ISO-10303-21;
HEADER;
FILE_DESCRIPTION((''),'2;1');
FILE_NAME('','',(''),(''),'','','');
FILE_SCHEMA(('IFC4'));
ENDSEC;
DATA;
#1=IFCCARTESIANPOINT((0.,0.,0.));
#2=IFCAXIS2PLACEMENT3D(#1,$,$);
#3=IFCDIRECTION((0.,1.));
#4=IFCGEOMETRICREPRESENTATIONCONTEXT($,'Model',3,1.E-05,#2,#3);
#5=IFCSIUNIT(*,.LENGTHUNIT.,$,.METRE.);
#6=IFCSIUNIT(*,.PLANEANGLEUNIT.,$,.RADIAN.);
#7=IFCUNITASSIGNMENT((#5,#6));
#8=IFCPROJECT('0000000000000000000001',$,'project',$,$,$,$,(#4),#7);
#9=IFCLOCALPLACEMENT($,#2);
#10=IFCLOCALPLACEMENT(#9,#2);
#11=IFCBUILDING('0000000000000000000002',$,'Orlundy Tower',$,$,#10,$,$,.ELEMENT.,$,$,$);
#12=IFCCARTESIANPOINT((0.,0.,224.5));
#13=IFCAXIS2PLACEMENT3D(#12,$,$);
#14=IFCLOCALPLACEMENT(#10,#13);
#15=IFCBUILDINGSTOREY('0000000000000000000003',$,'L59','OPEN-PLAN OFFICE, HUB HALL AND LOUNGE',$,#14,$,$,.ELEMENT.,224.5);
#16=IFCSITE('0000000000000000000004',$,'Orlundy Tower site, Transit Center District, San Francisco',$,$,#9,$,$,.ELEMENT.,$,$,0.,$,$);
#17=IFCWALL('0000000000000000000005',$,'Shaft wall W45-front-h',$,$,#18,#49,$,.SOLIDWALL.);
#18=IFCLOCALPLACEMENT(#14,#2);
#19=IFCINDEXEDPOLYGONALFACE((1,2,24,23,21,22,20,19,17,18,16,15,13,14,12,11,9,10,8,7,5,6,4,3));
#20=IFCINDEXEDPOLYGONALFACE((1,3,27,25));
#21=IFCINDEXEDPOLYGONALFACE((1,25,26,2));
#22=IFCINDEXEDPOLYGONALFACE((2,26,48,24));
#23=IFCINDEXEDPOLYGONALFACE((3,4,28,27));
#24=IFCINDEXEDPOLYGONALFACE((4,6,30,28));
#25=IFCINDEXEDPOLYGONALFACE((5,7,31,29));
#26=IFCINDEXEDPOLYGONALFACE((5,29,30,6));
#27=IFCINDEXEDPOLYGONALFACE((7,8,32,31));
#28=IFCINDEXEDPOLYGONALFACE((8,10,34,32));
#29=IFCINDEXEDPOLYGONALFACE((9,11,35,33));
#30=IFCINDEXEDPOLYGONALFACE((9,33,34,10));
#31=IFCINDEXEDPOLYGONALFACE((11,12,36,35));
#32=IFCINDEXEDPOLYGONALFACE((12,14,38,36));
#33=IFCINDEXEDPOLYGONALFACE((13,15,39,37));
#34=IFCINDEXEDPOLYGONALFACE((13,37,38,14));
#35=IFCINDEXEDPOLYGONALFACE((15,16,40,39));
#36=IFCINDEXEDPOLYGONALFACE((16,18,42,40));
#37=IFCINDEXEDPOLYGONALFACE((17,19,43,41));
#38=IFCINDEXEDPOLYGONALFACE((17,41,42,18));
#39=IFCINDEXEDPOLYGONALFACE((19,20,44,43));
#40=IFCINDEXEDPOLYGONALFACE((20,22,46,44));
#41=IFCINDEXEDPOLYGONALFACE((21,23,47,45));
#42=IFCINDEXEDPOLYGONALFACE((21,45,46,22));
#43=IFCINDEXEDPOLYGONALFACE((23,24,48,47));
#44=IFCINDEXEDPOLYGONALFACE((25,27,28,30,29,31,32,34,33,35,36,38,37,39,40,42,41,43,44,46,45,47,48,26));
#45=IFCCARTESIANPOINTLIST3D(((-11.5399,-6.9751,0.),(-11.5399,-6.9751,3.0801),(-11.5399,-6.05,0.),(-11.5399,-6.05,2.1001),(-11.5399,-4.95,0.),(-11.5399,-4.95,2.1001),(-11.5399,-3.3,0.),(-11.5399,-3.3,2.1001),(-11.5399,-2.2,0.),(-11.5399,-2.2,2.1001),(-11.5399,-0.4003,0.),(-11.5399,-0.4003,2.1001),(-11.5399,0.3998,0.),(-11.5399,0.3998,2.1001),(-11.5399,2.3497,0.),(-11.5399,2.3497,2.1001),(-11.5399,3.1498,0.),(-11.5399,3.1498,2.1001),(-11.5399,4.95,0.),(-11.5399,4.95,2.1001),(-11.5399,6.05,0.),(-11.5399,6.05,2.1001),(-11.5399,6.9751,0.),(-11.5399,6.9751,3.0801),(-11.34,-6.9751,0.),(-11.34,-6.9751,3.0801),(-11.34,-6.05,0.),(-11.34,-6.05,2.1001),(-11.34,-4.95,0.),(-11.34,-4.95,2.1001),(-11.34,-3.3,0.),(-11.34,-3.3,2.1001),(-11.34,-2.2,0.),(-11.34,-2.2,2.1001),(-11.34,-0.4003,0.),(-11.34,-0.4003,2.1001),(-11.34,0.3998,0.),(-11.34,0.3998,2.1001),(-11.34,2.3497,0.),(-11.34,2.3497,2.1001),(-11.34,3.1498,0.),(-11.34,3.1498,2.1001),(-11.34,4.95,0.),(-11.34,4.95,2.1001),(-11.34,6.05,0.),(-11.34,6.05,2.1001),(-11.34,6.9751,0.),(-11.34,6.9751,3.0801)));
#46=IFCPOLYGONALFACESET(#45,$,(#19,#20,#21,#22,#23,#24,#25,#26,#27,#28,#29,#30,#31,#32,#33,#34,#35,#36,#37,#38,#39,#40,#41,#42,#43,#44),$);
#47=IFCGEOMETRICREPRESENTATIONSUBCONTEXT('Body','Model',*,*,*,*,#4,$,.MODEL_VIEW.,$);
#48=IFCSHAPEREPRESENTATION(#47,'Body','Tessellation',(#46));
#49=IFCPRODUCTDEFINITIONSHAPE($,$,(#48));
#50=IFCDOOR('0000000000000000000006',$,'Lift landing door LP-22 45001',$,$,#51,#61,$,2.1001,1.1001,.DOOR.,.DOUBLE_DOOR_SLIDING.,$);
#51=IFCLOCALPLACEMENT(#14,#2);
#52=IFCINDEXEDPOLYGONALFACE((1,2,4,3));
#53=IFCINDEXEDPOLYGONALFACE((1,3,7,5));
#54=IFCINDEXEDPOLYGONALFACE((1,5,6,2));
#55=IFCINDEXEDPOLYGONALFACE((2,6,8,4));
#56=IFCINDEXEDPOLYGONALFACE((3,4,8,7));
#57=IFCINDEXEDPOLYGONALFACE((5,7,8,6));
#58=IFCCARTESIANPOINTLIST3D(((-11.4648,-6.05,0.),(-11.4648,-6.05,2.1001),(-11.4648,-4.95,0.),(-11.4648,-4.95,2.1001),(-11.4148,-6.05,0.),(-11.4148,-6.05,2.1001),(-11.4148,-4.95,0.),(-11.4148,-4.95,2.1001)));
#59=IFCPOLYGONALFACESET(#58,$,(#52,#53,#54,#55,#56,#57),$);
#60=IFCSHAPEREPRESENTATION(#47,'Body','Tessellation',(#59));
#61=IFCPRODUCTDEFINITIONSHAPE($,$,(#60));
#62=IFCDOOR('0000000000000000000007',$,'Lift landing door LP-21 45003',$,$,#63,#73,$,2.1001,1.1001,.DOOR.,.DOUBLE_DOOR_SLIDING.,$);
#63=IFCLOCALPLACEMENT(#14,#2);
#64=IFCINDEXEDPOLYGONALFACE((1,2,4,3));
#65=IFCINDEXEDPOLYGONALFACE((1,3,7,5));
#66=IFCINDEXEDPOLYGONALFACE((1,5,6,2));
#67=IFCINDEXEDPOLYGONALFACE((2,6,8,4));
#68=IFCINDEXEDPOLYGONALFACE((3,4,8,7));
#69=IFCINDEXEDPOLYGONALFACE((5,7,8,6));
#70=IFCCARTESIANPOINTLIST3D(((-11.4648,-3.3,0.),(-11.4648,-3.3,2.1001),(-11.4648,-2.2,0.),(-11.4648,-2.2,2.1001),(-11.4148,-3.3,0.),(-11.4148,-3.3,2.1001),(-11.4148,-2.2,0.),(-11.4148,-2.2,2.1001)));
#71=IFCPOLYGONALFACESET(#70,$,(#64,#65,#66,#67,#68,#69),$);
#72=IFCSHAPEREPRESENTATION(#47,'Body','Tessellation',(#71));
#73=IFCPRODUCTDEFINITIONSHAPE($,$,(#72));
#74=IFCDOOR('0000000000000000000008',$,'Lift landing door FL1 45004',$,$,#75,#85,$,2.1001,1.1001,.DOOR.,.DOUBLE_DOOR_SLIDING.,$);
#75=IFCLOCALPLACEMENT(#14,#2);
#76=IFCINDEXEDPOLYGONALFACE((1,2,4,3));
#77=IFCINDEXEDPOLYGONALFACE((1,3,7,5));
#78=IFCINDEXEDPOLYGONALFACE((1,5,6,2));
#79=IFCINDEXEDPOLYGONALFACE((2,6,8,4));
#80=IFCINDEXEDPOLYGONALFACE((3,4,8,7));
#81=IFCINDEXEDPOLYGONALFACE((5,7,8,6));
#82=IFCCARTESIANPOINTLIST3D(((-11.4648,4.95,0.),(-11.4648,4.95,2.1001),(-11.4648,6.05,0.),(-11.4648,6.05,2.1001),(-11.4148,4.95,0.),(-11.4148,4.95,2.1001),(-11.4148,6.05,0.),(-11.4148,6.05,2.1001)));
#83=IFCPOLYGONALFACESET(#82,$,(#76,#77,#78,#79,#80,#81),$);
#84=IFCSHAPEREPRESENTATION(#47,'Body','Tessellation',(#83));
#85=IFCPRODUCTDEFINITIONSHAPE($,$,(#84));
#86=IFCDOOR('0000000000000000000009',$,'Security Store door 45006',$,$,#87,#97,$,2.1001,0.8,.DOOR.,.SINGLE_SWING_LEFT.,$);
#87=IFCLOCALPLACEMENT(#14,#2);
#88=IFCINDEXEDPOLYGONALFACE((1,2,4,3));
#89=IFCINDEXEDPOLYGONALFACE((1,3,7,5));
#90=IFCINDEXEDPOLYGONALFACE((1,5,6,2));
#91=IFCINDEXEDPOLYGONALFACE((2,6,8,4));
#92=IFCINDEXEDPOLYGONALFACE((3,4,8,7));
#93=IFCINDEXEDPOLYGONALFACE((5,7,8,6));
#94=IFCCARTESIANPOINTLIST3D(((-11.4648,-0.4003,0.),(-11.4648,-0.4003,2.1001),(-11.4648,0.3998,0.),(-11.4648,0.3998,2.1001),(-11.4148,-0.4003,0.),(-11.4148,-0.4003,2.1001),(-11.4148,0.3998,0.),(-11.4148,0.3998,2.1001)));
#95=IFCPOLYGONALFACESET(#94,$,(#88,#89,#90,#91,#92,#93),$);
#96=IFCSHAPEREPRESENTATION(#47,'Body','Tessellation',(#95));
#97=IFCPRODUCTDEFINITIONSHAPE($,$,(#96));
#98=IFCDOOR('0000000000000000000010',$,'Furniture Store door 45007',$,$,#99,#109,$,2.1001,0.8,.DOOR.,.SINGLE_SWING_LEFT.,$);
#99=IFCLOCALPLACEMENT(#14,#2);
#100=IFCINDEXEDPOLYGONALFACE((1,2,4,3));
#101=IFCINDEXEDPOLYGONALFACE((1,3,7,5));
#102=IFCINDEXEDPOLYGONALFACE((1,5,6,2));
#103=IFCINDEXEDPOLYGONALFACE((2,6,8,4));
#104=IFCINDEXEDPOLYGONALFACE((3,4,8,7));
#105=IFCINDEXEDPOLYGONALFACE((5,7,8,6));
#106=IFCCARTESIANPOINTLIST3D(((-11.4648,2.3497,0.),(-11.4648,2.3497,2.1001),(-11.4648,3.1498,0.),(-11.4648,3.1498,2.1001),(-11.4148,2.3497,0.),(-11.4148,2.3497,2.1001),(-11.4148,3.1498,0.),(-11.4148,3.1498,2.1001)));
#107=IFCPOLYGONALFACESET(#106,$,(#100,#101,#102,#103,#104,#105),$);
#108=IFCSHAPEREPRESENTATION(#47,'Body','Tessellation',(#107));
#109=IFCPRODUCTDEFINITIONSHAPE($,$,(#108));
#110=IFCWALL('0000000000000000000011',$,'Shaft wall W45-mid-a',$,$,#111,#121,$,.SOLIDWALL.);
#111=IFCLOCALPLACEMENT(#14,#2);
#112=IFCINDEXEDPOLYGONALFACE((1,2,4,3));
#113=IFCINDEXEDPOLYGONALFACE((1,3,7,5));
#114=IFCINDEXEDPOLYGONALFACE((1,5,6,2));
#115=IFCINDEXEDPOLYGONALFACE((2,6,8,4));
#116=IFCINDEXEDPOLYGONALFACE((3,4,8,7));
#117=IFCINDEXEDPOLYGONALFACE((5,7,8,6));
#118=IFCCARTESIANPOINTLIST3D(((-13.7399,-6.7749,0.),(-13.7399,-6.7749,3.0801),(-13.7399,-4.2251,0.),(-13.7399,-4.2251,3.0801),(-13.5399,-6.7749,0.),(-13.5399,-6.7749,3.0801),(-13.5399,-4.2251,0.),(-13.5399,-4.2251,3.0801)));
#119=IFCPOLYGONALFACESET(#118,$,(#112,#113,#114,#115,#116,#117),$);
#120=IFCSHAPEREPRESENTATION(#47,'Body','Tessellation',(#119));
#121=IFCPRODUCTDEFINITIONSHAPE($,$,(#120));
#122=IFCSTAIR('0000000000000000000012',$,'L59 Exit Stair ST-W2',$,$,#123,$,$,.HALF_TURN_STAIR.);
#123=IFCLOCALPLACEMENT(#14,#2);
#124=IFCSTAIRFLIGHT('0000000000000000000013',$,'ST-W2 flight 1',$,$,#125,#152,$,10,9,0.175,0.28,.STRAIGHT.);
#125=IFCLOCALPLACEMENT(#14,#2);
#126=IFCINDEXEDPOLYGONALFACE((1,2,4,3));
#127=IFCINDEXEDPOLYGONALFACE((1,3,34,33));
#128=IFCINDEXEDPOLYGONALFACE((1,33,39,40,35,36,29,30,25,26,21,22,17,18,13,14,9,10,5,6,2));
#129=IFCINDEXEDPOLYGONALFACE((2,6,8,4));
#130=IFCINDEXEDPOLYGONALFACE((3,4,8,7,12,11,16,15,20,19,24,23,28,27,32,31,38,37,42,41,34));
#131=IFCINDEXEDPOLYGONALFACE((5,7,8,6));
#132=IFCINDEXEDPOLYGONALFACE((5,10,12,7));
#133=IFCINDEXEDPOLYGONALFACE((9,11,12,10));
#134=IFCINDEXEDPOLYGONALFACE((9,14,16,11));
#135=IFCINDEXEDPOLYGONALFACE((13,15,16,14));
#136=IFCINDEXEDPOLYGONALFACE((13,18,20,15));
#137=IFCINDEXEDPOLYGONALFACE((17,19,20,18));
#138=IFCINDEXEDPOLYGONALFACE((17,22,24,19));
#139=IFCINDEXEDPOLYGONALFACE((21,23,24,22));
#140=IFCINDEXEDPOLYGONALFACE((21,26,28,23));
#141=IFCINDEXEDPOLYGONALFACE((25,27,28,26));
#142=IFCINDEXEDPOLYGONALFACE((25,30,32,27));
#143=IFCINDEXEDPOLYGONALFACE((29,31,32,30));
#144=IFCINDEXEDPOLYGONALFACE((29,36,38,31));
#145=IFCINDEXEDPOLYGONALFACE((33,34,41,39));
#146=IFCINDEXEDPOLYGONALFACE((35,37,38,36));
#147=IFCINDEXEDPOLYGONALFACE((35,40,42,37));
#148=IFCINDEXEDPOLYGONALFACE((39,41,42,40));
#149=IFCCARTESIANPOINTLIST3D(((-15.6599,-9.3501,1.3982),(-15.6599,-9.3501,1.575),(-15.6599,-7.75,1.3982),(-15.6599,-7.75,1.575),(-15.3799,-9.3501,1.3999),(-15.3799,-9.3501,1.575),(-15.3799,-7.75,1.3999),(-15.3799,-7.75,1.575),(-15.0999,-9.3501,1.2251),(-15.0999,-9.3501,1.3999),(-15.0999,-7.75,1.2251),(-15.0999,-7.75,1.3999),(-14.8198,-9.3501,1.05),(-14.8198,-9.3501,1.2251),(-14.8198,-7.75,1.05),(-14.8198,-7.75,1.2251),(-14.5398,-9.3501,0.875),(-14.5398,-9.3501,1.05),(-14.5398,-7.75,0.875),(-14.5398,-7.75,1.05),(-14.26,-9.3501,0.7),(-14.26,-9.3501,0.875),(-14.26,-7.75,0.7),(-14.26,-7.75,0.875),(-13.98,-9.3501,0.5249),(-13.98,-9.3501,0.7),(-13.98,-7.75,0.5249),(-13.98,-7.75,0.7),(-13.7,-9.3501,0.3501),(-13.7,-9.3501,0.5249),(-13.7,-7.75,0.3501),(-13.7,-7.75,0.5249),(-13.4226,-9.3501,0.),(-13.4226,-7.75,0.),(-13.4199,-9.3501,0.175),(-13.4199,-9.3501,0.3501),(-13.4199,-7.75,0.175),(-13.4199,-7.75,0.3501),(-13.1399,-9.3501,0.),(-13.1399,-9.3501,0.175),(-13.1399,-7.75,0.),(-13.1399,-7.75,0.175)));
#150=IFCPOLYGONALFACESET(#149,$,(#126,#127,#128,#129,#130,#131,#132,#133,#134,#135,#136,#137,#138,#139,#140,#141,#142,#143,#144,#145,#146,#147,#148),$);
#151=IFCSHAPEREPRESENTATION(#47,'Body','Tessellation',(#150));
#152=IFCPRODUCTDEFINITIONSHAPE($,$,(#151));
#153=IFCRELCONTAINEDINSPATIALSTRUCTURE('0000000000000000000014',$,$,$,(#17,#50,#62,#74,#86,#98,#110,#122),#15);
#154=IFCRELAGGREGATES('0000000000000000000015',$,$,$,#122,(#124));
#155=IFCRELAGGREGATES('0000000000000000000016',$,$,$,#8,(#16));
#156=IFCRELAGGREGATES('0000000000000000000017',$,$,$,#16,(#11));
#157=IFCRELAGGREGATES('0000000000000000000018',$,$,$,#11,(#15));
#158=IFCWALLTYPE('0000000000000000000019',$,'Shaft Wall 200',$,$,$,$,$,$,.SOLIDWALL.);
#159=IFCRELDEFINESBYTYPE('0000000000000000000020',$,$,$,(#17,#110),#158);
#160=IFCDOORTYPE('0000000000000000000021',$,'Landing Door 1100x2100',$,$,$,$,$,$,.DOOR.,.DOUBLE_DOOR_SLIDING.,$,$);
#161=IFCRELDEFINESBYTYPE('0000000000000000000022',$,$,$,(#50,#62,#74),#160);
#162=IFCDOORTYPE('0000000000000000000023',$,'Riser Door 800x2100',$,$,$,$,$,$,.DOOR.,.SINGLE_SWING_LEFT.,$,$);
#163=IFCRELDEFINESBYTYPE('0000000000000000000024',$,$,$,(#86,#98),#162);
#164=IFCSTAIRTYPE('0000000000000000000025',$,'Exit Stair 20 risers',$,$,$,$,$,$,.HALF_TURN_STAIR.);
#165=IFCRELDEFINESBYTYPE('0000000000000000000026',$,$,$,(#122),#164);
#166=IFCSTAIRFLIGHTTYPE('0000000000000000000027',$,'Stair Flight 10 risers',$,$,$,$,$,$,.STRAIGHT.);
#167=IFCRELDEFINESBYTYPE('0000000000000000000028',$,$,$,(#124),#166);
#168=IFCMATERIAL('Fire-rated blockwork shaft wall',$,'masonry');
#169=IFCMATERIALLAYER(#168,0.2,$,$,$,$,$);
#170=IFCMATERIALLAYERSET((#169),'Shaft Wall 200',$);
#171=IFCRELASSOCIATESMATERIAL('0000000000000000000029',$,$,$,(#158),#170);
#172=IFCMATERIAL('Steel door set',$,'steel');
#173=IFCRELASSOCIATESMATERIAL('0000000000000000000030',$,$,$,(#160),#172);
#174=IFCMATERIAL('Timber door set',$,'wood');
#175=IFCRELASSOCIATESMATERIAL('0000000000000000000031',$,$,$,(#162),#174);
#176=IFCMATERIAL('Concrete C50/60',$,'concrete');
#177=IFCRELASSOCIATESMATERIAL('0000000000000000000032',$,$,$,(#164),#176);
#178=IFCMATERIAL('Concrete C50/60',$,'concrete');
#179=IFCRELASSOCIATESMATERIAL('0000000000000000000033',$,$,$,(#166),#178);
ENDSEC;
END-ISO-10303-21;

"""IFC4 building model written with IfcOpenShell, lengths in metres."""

from ifc_helpers import new_model, si_unit, direction, frame, frame_2d, origin, place, context, subcontext, project, spatial, polyline, rectangle, outline, extrude, material, layer, layer_set, type_object, element, fill, aggregate, save


model = new_model("IFC4")

# Units and contexts
model_context = context("Model", 3, precision=1e-05, world=origin(), true_north=direction((0.0, 1.0)))
body_context = subcontext(model_context, "Body", "Model", "MODEL_VIEW")
ifc_project = project(units=[si_unit("LENGTHUNIT", "METRE"), si_unit("PLANEANGLEUNIT", "RADIAN")], contexts=[model_context])

# Site, building, storey
site_placement = place(None, origin())
site = spatial("IfcSite", under=ifc_project, at=site_placement, Name="Orlundy Tower site, Transit Center District, San Francisco", CompositionType="ELEMENT", RefElevation=0.0)
building_placement = place(site_placement, origin())
building = spatial("IfcBuilding", under=site, at=building_placement, Name="Orlundy Tower", CompositionType="ELEMENT")
storey_placement = place(building_placement, frame((0.0, 0.0, 224.5)))
storey = spatial("IfcBuildingStorey", under=building, at=storey_placement, Name="L59", Description="OPEN-PLAN OFFICE, HUB HALL AND LOUNGE", CompositionType="ELEMENT", Elevation=224.5)

# Shared definitions
ifc_material_1 = material(Name="Fire-rated blockwork shaft wall", Category="masonry")
ifc_layer_1 = layer(ifc_material_1, 0.2)
ifc_layer_set_1 = layer_set([ifc_layer_1], Name="Shaft Wall 200")
wall_type_1 = type_object("IfcWallType", Name="Shaft Wall 200", PredefinedType="SOLIDWALL", material=ifc_layer_set_1)

# Wall, openings, doors
wall_1_placement = place(storey_placement, frame((-11.4399, -6.9751, 0.0), z_axis=(0.0, 0.0, 1.0), x_axis=(0.0, 1.0, 0.0)))
wall_1 = element("IfcWall", 1, at=wall_1_placement, inside=storey, type_object=wall_type_1, Name="Shaft wall W45-front-h", PredefinedType="SOLIDWALL", context=body_context, shape_type="SweptSolid", body=[
    extrude(rectangle(XDim=13.9502, YDim=0.2, at=frame_2d((6.9751, 0.0))), origin(), (0.0, 0.0, 1.0), 3.0801),
])
opening_1_placement = place(wall_1_placement, frame((0.925, 0.0, 0.0)))
opening_1 = element("IfcOpeningElement", 2, at=opening_1_placement, cuts=wall_1, PredefinedType="OPENING", context=body_context, shape_type="SweptSolid", body=[
    extrude(rectangle(XDim=1.1001, YDim=2.1001, at=frame_2d((0.55, 1.05))), frame((0.0, 0.1101, 0.0), z_axis=(0.0, -1.0, 0.0), x_axis=(1.0, 0.0, 0.0)), (0.0, 0.0, 1.0), 0.2202),
])
opening_2_placement = place(wall_1_placement, frame((3.675, 0.0, 0.0)))
opening_2 = element("IfcOpeningElement", 3, at=opening_2_placement, cuts=wall_1, PredefinedType="OPENING", context=body_context, shape_type="SweptSolid", body=[
    extrude(rectangle(XDim=1.1001, YDim=2.1001, at=frame_2d((0.55, 1.05))), frame((0.0, 0.1101, 0.0), z_axis=(0.0, -1.0, 0.0), x_axis=(1.0, 0.0, 0.0)), (0.0, 0.0, 1.0), 0.2202),
])
opening_3_placement = place(wall_1_placement, frame((11.925, 0.0, 0.0)))
opening_3 = element("IfcOpeningElement", 4, at=opening_3_placement, cuts=wall_1, PredefinedType="OPENING", context=body_context, shape_type="SweptSolid", body=[
    extrude(rectangle(XDim=1.1001, YDim=2.1001, at=frame_2d((0.55, 1.05))), frame((0.0, 0.1101, 0.0), z_axis=(0.0, -1.0, 0.0), x_axis=(1.0, 0.0, 0.0)), (0.0, 0.0, 1.0), 0.2202),
])
opening_4_placement = place(wall_1_placement, frame((6.575, 0.0, 0.0)))
opening_4 = element("IfcOpeningElement", 5, at=opening_4_placement, cuts=wall_1, PredefinedType="OPENING", context=body_context, shape_type="SweptSolid", body=[
    extrude(rectangle(XDim=0.8, YDim=2.1001, at=frame_2d((0.3999, 1.05))), frame((0.0, 0.1101, 0.0), z_axis=(0.0, -1.0, 0.0), x_axis=(1.0, 0.0, 0.0)), (0.0, 0.0, 1.0), 0.2202),
])
opening_5_placement = place(wall_1_placement, frame((9.325, 0.0, 0.0)))
opening_5 = element("IfcOpeningElement", 6, at=opening_5_placement, cuts=wall_1, PredefinedType="OPENING", context=body_context, shape_type="SweptSolid", body=[
    extrude(rectangle(XDim=0.8, YDim=2.1001, at=frame_2d((0.3999, 1.05))), frame((0.0, 0.1101, 0.0), z_axis=(0.0, -1.0, 0.0), x_axis=(1.0, 0.0, 0.0)), (0.0, 0.0, 1.0), 0.2202),
])
ifc_material_2 = material(Name="Steel door set", Category="steel")
door_type_1 = type_object("IfcDoorType", Name="Landing Door 1100x2100", OperationType="DOUBLE_DOOR_SLIDING", PredefinedType="DOOR", material=ifc_material_2)
door_1_placement = place(opening_1_placement, origin())
door_1 = element("IfcDoor", 7, at=door_1_placement, inside=storey, type_object=door_type_1, Name="Lift landing door LP-22 45001", OperationType="DOUBLE_DOOR_SLIDING", OverallHeight=2.1001, OverallWidth=1.1001, PredefinedType="DOOR", context=body_context, shape_type="SweptSolid", body=[
    extrude(rectangle(XDim=1.1001, YDim=2.1001, at=frame_2d((0.55, 1.05))), frame((0.0, 0.0249, 0.0), z_axis=(0.0, -1.0, 0.0), x_axis=(1.0, 0.0, 0.0)), (0.0, 0.0, 1.0), 0.05),
])
fill(opening_1, door_1)
door_2_placement = place(opening_2_placement, origin())
door_2 = element("IfcDoor", 8, at=door_2_placement, inside=storey, type_object=door_type_1, Name="Lift landing door LP-21 45003", OperationType="DOUBLE_DOOR_SLIDING", OverallHeight=2.1001, OverallWidth=1.1001, PredefinedType="DOOR", context=body_context, shape_type="SweptSolid", body=[
    extrude(rectangle(XDim=1.1001, YDim=2.1001, at=frame_2d((0.55, 1.05))), frame((0.0, 0.0249, 0.0), z_axis=(0.0, -1.0, 0.0), x_axis=(1.0, 0.0, 0.0)), (0.0, 0.0, 1.0), 0.05),
])
fill(opening_2, door_2)
door_3_placement = place(opening_3_placement, origin())
door_3 = element("IfcDoor", 9, at=door_3_placement, inside=storey, type_object=door_type_1, Name="Lift landing door FL1 45004", OperationType="DOUBLE_DOOR_SLIDING", OverallHeight=2.1001, OverallWidth=1.1001, PredefinedType="DOOR", context=body_context, shape_type="SweptSolid", body=[
    extrude(rectangle(XDim=1.1001, YDim=2.1001, at=frame_2d((0.55, 1.05))), frame((0.0, 0.0249, 0.0), z_axis=(0.0, -1.0, 0.0), x_axis=(1.0, 0.0, 0.0)), (0.0, 0.0, 1.0), 0.05),
])
fill(opening_3, door_3)
ifc_material_3 = material(Name="Timber door set", Category="wood")
door_type_2 = type_object("IfcDoorType", Name="Riser Door 800x2100", OperationType="SINGLE_SWING_LEFT", PredefinedType="DOOR", material=ifc_material_3)
door_4_placement = place(opening_4_placement, origin())
door_4 = element("IfcDoor", 10, at=door_4_placement, inside=storey, type_object=door_type_2, Name="Security Store door 45006", OperationType="SINGLE_SWING_LEFT", OverallHeight=2.1001, OverallWidth=0.8, PredefinedType="DOOR", context=body_context, shape_type="SweptSolid", body=[
    extrude(rectangle(XDim=0.8, YDim=2.1001, at=frame_2d((0.3999, 1.05))), frame((0.0, 0.0249, 0.0), z_axis=(0.0, -1.0, 0.0), x_axis=(1.0, 0.0, 0.0)), (0.0, 0.0, 1.0), 0.05),
])
fill(opening_4, door_4)
door_5_placement = place(opening_5_placement, origin())
door_5 = element("IfcDoor", 11, at=door_5_placement, inside=storey, type_object=door_type_2, Name="Furniture Store door 45007", OperationType="SINGLE_SWING_LEFT", OverallHeight=2.1001, OverallWidth=0.8, PredefinedType="DOOR", context=body_context, shape_type="SweptSolid", body=[
    extrude(rectangle(XDim=0.8, YDim=2.1001, at=frame_2d((0.3999, 1.05))), frame((0.0, 0.0249, 0.0), z_axis=(0.0, -1.0, 0.0), x_axis=(1.0, 0.0, 0.0)), (0.0, 0.0, 1.0), 0.05),
])
fill(opening_5, door_5)

# Wall
wall_2_placement = place(storey_placement, frame((-13.6399, -6.7749, 0.0), z_axis=(0.0, 0.0, 1.0), x_axis=(0.0, 1.0, 0.0)))
element("IfcWall", 12, at=wall_2_placement, inside=storey, type_object=wall_type_1, Name="Shaft wall W45-mid-a", PredefinedType="SOLIDWALL", context=body_context, shape_type="SweptSolid", body=[
    extrude(rectangle(XDim=2.5498, YDim=0.2, at=frame_2d((1.2749, 0.0))), origin(), (0.0, 0.0, 1.0), 3.0801),
])

# Stair, stair flight
ifc_material_4 = material(Name="Concrete C50/60", Category="concrete")
stair_type = type_object("IfcStairType", Name="Exit Stair 20 risers", PredefinedType="HALF_TURN_STAIR", material=ifc_material_4)
stair_placement = place(storey_placement, origin())
stair = element("IfcStair", 13, at=stair_placement, inside=storey, type_object=stair_type, Name="L59 Exit Stair ST-W2", PredefinedType="HALF_TURN_STAIR")
ifc_material_5 = material(Name="Concrete C50/60", Category="concrete")
stair_flight_type = type_object("IfcStairFlightType", Name="Stair Flight 10 risers", PredefinedType="STRAIGHT", material=ifc_material_5)
stair_flight_1_placement = place(storey_placement, frame((-13.1399, -8.55, 0.0), z_axis=(0.0, 0.0, 1.0), x_axis=(-1.0, 0.0, 0.0)))
stair_flight_1 = element("IfcStairFlight", 14, at=stair_flight_1_placement, type_object=stair_flight_type, Name="ST-W2 flight 1", NumberOfRisers=10, NumberOfTreads=9, PredefinedType="STRAIGHT", RiserHeight=0.175, TreadLength=0.28, context=body_context, shape_type="SweptSolid", body=[
    extrude(outline(polyline([(0.0, 0.0), (0.0, 0.175), (0.28, 0.175), (0.28, 0.3501), (0.5601, 0.3501), (0.5601, 0.5249), (0.8401, 0.5249), (0.8401, 0.7), (1.1201, 0.7), (1.1201, 0.875), (1.3999, 0.875), (1.3999, 1.05), (1.6799, 1.05), (1.6799, 1.2251), (1.96, 1.2251), (1.96, 1.3999), (2.24, 1.3999), (2.24, 1.575), (2.52, 1.575), (2.52, 1.75), (2.52, 1.3982), (0.2827, 0.0), (0.0, 0.0)])), frame((0.0, 0.8, 0.0), z_axis=(0.0, -1.0, 0.0), x_axis=(1.0, 0.0, 0.0)), (0.0, 0.0, 1.0), 1.6001),
])
aggregate(stair, [stair_flight_1])

save(model, "model.ifc")
